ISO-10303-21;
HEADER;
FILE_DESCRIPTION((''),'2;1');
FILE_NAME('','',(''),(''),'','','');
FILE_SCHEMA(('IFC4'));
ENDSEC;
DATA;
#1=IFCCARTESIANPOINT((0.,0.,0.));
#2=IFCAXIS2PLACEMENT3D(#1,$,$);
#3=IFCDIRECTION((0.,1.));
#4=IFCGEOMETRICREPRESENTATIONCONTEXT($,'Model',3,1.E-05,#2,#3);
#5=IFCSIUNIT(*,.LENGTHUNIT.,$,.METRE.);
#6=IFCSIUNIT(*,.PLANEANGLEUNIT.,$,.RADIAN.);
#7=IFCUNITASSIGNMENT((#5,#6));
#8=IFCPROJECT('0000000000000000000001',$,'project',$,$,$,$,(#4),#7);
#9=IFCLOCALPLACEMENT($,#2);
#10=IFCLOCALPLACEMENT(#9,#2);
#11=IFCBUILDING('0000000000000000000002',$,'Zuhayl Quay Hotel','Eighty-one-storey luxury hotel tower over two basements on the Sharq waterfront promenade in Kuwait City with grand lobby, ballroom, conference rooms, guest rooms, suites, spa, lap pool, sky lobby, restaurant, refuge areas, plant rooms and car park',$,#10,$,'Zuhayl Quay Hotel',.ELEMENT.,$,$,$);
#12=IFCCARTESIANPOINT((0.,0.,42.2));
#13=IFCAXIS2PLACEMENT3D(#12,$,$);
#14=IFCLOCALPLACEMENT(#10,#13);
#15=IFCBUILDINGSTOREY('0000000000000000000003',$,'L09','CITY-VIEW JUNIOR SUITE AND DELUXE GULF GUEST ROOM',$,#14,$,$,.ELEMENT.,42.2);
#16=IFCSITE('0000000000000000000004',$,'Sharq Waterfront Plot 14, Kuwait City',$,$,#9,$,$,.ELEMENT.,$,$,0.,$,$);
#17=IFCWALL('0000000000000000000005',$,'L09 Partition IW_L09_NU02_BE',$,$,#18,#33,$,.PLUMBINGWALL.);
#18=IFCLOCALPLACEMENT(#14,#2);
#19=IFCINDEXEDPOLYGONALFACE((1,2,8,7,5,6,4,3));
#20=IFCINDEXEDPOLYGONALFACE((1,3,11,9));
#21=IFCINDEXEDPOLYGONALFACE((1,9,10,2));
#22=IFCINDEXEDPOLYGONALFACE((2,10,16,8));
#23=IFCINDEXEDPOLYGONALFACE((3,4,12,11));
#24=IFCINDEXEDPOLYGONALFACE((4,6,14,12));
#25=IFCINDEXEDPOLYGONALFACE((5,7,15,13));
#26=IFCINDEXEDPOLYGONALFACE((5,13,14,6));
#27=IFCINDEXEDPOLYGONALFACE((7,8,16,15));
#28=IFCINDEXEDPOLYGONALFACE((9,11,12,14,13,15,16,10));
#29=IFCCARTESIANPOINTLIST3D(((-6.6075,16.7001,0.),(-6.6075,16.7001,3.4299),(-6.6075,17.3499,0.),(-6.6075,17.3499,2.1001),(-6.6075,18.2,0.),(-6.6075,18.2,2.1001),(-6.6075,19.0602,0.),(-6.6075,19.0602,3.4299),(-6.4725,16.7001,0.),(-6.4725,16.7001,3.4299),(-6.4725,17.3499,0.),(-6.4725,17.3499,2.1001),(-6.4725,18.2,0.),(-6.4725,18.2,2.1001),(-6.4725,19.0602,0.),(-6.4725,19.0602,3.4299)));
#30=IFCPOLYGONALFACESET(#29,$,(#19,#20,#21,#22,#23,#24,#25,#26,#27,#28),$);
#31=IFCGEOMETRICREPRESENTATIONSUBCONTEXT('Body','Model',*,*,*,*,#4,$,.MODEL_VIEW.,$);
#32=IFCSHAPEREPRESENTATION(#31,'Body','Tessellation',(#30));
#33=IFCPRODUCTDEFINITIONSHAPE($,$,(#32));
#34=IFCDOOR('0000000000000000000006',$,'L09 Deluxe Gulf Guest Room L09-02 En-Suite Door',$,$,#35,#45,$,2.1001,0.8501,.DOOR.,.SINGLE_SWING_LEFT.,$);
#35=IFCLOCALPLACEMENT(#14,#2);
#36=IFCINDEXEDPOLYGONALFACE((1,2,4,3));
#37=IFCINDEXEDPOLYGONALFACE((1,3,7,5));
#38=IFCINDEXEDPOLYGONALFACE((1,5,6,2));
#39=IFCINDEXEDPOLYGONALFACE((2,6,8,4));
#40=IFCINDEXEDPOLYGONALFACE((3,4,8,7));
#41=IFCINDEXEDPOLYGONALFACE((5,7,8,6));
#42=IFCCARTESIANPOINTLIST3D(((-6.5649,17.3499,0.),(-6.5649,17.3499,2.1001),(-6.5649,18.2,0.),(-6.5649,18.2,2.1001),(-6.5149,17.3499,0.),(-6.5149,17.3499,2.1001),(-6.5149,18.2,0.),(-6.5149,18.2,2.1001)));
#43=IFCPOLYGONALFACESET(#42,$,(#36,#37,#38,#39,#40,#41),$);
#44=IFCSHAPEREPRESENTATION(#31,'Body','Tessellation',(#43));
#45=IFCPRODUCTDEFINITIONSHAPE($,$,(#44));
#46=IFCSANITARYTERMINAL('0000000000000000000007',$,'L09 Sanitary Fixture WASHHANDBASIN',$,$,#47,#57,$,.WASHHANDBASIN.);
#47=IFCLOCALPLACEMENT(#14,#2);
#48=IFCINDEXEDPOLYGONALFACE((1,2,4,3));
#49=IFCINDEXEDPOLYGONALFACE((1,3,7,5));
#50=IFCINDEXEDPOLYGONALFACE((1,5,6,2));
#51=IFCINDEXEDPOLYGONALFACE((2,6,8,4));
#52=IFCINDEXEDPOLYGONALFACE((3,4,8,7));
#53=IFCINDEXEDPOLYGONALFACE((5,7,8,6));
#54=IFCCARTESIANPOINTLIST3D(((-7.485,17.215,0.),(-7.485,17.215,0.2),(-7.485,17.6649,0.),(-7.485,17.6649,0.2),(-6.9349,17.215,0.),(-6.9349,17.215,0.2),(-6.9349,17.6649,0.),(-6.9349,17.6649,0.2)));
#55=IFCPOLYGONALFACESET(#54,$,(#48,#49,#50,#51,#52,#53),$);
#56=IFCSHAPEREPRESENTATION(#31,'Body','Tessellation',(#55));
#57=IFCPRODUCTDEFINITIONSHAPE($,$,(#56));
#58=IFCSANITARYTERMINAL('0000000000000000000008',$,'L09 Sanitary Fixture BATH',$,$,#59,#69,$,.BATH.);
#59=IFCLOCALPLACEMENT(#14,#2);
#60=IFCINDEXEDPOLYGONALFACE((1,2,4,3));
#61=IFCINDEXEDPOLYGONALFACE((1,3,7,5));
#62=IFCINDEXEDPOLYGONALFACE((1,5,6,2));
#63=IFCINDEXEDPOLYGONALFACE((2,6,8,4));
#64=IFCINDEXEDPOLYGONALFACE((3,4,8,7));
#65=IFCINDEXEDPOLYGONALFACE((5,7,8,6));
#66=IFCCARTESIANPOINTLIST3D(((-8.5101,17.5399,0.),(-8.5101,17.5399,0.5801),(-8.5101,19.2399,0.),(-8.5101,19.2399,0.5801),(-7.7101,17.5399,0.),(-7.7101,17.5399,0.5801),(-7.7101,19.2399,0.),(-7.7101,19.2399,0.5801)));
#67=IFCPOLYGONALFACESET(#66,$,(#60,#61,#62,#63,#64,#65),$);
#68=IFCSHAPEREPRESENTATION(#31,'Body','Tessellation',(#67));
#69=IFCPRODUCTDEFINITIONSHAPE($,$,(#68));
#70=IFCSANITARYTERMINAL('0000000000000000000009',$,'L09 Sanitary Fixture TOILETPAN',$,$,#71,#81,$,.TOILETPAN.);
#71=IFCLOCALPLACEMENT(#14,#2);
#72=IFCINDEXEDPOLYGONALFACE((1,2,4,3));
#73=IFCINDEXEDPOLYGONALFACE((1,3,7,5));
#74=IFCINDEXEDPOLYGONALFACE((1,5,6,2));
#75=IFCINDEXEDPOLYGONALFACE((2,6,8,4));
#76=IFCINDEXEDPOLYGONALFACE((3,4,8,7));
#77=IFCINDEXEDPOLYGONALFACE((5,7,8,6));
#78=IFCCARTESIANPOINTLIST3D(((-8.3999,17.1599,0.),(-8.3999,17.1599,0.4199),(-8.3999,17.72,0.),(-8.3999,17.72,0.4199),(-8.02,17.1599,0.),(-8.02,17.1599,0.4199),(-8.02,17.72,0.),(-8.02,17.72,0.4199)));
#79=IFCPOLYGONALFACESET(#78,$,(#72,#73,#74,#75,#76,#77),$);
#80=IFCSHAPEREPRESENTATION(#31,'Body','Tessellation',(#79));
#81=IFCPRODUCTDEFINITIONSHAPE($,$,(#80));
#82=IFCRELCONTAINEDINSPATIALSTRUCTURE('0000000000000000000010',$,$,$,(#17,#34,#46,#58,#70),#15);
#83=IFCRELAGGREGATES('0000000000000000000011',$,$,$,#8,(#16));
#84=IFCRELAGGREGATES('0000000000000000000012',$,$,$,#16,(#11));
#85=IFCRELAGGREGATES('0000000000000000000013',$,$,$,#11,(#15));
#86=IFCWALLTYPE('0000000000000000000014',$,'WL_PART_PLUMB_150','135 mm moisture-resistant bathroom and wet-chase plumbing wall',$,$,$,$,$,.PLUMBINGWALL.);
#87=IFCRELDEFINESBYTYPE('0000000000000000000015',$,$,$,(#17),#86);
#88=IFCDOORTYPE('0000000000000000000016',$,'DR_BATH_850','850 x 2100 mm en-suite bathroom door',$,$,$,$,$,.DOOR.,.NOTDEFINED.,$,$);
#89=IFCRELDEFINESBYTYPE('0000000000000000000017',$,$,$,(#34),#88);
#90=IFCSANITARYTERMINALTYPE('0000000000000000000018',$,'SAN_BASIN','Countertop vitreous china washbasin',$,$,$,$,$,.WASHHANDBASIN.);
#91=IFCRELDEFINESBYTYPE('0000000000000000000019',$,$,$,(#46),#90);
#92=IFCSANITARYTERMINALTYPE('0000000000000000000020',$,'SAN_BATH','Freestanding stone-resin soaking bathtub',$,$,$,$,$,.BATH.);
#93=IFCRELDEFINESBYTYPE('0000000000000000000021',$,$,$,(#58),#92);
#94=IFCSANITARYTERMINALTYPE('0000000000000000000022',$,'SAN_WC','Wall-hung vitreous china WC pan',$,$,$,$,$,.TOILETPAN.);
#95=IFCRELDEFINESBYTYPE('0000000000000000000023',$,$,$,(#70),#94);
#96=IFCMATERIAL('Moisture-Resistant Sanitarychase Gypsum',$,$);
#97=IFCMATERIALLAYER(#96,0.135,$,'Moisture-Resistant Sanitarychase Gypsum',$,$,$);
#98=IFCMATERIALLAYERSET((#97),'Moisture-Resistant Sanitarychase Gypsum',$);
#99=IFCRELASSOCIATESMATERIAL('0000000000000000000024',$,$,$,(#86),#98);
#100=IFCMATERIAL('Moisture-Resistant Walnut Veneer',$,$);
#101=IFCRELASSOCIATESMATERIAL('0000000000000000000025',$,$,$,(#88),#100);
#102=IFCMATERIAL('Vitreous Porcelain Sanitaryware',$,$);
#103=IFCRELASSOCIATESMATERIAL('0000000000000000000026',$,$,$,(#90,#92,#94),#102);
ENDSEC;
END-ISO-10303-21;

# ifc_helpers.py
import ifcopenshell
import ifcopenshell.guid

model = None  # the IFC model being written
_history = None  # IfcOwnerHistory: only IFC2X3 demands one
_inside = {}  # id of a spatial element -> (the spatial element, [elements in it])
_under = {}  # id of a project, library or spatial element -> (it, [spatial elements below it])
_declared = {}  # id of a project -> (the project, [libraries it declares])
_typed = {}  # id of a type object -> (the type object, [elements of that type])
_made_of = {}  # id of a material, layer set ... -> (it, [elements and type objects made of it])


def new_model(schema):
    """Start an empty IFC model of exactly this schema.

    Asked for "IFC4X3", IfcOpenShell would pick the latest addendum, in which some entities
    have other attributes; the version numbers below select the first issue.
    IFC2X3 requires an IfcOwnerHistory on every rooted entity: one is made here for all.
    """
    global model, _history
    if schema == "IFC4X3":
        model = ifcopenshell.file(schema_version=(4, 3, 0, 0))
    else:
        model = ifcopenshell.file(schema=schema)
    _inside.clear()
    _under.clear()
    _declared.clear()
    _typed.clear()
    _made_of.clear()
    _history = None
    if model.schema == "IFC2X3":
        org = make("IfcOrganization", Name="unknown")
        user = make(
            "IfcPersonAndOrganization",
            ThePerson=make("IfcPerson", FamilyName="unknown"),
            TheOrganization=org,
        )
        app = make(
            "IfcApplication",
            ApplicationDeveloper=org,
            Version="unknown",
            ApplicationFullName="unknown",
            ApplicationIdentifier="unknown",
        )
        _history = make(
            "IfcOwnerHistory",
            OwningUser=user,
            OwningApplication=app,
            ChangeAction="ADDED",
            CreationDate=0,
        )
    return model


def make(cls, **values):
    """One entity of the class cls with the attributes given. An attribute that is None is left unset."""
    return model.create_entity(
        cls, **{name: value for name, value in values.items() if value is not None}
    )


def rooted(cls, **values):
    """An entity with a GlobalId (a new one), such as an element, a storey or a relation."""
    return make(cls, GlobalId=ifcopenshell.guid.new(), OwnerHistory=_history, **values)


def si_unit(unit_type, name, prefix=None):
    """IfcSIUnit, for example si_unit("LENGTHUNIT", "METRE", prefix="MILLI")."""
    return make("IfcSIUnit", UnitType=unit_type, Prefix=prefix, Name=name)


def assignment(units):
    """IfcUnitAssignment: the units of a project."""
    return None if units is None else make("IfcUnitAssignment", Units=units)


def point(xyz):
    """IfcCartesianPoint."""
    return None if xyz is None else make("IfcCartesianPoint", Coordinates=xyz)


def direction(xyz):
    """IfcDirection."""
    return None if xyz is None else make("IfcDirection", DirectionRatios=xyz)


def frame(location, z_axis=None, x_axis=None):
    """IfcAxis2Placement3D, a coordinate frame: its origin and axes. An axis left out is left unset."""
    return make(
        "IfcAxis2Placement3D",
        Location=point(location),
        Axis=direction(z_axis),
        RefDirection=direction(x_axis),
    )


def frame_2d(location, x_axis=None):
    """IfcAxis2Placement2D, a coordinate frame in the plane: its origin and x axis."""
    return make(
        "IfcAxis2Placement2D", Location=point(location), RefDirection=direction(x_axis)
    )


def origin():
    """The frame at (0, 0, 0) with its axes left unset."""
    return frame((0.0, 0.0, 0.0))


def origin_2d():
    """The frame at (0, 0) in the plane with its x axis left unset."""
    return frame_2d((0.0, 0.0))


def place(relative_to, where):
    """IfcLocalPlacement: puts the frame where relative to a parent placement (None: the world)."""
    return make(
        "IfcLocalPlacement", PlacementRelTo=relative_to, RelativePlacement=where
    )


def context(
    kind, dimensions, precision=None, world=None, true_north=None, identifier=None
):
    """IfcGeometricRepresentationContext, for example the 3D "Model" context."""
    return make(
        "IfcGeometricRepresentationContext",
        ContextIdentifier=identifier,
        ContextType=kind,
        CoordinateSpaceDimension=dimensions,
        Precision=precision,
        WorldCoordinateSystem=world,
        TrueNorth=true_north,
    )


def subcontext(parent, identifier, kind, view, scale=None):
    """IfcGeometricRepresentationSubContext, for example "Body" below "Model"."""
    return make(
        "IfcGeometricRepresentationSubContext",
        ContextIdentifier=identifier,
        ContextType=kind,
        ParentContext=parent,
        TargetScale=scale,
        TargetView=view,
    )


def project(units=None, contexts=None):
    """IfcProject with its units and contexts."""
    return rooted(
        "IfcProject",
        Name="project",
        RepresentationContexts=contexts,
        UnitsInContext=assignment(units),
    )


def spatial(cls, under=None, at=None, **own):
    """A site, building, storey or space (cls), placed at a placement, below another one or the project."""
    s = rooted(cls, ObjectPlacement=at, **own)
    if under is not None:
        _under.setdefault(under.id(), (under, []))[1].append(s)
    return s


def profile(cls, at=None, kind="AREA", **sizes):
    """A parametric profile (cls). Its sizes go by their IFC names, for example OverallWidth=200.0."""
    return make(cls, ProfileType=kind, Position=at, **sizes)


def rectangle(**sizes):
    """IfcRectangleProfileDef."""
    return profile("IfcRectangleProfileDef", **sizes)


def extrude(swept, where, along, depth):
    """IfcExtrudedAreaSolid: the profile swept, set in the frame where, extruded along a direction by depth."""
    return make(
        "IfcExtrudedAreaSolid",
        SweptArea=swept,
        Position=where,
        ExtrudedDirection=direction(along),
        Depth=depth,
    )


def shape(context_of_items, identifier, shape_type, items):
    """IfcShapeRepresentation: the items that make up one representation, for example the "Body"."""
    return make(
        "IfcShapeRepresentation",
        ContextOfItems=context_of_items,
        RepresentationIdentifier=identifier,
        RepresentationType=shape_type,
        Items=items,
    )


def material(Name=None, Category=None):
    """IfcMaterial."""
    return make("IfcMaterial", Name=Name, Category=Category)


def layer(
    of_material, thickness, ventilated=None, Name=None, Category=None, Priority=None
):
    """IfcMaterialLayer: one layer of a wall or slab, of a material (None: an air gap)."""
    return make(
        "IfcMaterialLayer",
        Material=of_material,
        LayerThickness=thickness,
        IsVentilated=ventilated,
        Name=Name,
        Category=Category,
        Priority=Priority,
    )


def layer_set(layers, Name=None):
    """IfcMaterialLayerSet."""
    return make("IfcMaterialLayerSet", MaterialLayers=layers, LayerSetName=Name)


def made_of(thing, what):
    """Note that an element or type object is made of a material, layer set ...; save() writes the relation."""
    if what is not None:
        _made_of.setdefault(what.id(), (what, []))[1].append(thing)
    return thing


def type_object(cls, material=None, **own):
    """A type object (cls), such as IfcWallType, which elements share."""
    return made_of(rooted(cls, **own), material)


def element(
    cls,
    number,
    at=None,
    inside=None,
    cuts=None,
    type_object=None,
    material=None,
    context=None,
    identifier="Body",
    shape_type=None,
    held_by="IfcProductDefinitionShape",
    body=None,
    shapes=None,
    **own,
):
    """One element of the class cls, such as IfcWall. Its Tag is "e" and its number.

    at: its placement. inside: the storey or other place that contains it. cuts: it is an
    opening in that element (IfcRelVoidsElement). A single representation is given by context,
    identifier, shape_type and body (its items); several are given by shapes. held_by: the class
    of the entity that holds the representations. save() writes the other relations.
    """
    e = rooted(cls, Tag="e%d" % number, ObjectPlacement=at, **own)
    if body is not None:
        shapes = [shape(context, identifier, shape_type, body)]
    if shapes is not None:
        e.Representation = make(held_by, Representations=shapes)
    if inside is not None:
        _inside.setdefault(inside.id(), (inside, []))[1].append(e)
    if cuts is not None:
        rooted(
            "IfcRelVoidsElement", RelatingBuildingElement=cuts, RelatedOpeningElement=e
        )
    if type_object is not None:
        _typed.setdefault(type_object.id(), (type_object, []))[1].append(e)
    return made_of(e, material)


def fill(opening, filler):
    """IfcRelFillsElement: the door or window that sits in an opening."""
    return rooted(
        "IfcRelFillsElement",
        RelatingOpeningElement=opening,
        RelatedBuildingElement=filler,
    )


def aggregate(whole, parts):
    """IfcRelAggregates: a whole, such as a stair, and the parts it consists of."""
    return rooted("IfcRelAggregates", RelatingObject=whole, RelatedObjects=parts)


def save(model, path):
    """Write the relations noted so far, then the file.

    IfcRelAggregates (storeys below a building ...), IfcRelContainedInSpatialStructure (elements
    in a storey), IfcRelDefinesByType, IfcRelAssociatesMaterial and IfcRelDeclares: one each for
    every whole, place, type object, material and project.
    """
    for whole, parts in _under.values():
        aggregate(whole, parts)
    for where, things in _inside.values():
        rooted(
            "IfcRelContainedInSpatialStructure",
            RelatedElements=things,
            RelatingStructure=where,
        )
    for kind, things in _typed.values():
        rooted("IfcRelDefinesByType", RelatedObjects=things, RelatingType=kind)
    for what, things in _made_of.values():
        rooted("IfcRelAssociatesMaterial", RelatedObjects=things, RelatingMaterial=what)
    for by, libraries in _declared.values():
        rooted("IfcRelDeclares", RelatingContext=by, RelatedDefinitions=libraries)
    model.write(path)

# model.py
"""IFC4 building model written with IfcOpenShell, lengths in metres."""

from ifc_helpers import new_model, si_unit, direction, frame, frame_2d, origin, origin_2d, place, context, subcontext, project, spatial, rectangle, extrude, material, layer, layer_set, type_object, element, fill, save


model = new_model("IFC4")

# Units and contexts
model_context = context("Model", 3, precision=1e-05, world=origin(), true_north=direction((0.0, 1.0)))
body_context = subcontext(model_context, "Body", "Model", "MODEL_VIEW")
ifc_project = project(units=[si_unit("LENGTHUNIT", "METRE"), si_unit("PLANEANGLEUNIT", "RADIAN")], contexts=[model_context])

# Site, building, storey
site_placement = place(None, origin())
site = spatial("IfcSite", under=ifc_project, at=site_placement, Name="Sharq Waterfront Plot 14, Kuwait City", CompositionType="ELEMENT", RefElevation=0.0)
building_placement = place(site_placement, origin())
building = spatial("IfcBuilding", under=site, at=building_placement, Name="Zuhayl Quay Hotel", Description="Eighty-one-storey luxury hotel tower over two basements on the Sharq waterfront promenade in Kuwait City with grand lobby, ballroom, conference rooms, guest rooms, suites, spa, lap pool, sky lobby, restaurant, refuge areas, plant rooms and car park", LongName="Zuhayl Quay Hotel", CompositionType="ELEMENT")
storey_placement = place(building_placement, frame((0.0, 0.0, 42.2)))
storey = spatial("IfcBuildingStorey", under=building, at=storey_placement, Name="L09", Description="CITY-VIEW JUNIOR SUITE AND DELUXE GULF GUEST ROOM", CompositionType="ELEMENT", Elevation=42.2)

# Wall, opening, door
ifc_material_1 = material(Name="Moisture-Resistant Sanitarychase Gypsum")
ifc_layer_1 = layer(ifc_material_1, 0.135, Name="Moisture-Resistant Sanitarychase Gypsum")
ifc_layer_set_1 = layer_set([ifc_layer_1], Name="Moisture-Resistant Sanitarychase Gypsum")
wall_type_1 = type_object("IfcWallType", Name="WL_PART_PLUMB_150", Description="135 mm moisture-resistant bathroom and wet-chase plumbing wall", PredefinedType="PLUMBINGWALL", material=ifc_layer_set_1)
wall_1_placement = place(storey_placement, frame((-6.54, 16.7, 0.0), z_axis=(0.0, 0.0, 1.0), x_axis=(0.0, 1.0, 0.0)))
wall_1 = element("IfcWall", 1, at=wall_1_placement, inside=storey, type_object=wall_type_1, Name="L09 Partition IW_L09_NU02_BE", PredefinedType="PLUMBINGWALL", context=body_context, shape_type="SweptSolid", body=[
    extrude(rectangle(XDim=2.3601, YDim=0.135, at=frame_2d((1.1802, 0.0))), origin(), (0.0, 0.0, 1.0), 3.4299),
])
opening_1_placement = place(wall_1_placement, frame((0.6499, 0.0, 0.0)))
opening_1 = element("IfcOpeningElement", 2, at=opening_1_placement, cuts=wall_1, PredefinedType="OPENING", context=body_context, shape_type="SweptSolid", body=[
    extrude(rectangle(XDim=0.8501, YDim=2.1001, at=frame_2d((0.425, 1.05))), frame((0.0, 0.0774, 0.0), z_axis=(0.0, -1.0, 0.0), x_axis=(1.0, 0.0, 0.0)), (0.0, 0.0, 1.0), 0.155),
])
ifc_material_2 = material(Name="Moisture-Resistant Walnut Veneer")
door_type_1 = type_object("IfcDoorType", Name="DR_BATH_850", Description="850 x 2100 mm en-suite bathroom door", OperationType="NOTDEFINED", PredefinedType="DOOR", material=ifc_material_2)
door_1_placement = place(opening_1_placement, origin())
door_1 = element("IfcDoor", 3, at=door_1_placement, inside=storey, type_object=door_type_1, Name="L09 Deluxe Gulf Guest Room L09-02 En-Suite Door", OperationType="SINGLE_SWING_LEFT", OverallHeight=2.1001, OverallWidth=0.8501, PredefinedType="DOOR", context=body_context, shape_type="SweptSolid", body=[
    extrude(rectangle(XDim=0.8501, YDim=2.1001, at=frame_2d((0.425, 1.05))), frame((0.0, 0.0249, 0.0), z_axis=(0.0, -1.0, 0.0), x_axis=(1.0, 0.0, 0.0)), (0.0, 0.0, 1.0), 0.05),
])
fill(opening_1, door_1)

# Sanitary terminals
ifc_material_3 = material(Name="Vitreous Porcelain Sanitaryware")
sanitary_terminal_type_1 = type_object("IfcSanitaryTerminalType", Name="SAN_BASIN", Description="Countertop vitreous china washbasin", PredefinedType="WASHHANDBASIN", material=ifc_material_3)
sanitary_terminal_1_placement = place(storey_placement, frame((-7.21, 17.4399, 0.0), z_axis=(0.0, 0.0, 1.0), x_axis=(1.0, 0.0, 0.0)))
element("IfcSanitaryTerminal", 4, at=sanitary_terminal_1_placement, inside=storey, type_object=sanitary_terminal_type_1, Name="L09 Sanitary Fixture WASHHANDBASIN", PredefinedType="WASHHANDBASIN", context=body_context, shape_type="SweptSolid", body=[
    extrude(rectangle(XDim=0.55, YDim=0.45, at=origin_2d()), origin(), (0.0, 0.0, 1.0), 0.2),
])
sanitary_terminal_type_2 = type_object("IfcSanitaryTerminalType", Name="SAN_BATH", Description="Freestanding stone-resin soaking bathtub", PredefinedType="BATH", material=ifc_material_3)
sanitary_terminal_2_placement = place(storey_placement, frame((-8.1101, 18.3899, 0.0), z_axis=(0.0, 0.0, 1.0), x_axis=(1.0, 0.0, 0.0)))
element("IfcSanitaryTerminal", 5, at=sanitary_terminal_2_placement, inside=storey, type_object=sanitary_terminal_type_2, Name="L09 Sanitary Fixture BATH", PredefinedType="BATH", context=body_context, shape_type="SweptSolid", body=[
    extrude(rectangle(XDim=0.8, YDim=1.7, at=origin_2d()), origin(), (0.0, 0.0, 1.0), 0.5801),
])
sanitary_terminal_type_3 = type_object("IfcSanitaryTerminalType", Name="SAN_WC", Description="Wall-hung vitreous china WC pan", PredefinedType="TOILETPAN", material=ifc_material_3)
sanitary_terminal_3_placement = place(storey_placement, frame((-8.21, 17.4399, 0.0), z_axis=(0.0, 0.0, 1.0), x_axis=(1.0, 0.0, 0.0)))
element("IfcSanitaryTerminal", 6, at=sanitary_terminal_3_placement, inside=storey, type_object=sanitary_terminal_type_3, Name="L09 Sanitary Fixture TOILETPAN", PredefinedType="TOILETPAN", context=body_context, shape_type="SweptSolid", body=[
    extrude(rectangle(XDim=0.3799, YDim=0.5601, at=origin_2d()), origin(), (0.0, 0.0, 1.0), 0.4199),
])

save(model, "model.ifc")
